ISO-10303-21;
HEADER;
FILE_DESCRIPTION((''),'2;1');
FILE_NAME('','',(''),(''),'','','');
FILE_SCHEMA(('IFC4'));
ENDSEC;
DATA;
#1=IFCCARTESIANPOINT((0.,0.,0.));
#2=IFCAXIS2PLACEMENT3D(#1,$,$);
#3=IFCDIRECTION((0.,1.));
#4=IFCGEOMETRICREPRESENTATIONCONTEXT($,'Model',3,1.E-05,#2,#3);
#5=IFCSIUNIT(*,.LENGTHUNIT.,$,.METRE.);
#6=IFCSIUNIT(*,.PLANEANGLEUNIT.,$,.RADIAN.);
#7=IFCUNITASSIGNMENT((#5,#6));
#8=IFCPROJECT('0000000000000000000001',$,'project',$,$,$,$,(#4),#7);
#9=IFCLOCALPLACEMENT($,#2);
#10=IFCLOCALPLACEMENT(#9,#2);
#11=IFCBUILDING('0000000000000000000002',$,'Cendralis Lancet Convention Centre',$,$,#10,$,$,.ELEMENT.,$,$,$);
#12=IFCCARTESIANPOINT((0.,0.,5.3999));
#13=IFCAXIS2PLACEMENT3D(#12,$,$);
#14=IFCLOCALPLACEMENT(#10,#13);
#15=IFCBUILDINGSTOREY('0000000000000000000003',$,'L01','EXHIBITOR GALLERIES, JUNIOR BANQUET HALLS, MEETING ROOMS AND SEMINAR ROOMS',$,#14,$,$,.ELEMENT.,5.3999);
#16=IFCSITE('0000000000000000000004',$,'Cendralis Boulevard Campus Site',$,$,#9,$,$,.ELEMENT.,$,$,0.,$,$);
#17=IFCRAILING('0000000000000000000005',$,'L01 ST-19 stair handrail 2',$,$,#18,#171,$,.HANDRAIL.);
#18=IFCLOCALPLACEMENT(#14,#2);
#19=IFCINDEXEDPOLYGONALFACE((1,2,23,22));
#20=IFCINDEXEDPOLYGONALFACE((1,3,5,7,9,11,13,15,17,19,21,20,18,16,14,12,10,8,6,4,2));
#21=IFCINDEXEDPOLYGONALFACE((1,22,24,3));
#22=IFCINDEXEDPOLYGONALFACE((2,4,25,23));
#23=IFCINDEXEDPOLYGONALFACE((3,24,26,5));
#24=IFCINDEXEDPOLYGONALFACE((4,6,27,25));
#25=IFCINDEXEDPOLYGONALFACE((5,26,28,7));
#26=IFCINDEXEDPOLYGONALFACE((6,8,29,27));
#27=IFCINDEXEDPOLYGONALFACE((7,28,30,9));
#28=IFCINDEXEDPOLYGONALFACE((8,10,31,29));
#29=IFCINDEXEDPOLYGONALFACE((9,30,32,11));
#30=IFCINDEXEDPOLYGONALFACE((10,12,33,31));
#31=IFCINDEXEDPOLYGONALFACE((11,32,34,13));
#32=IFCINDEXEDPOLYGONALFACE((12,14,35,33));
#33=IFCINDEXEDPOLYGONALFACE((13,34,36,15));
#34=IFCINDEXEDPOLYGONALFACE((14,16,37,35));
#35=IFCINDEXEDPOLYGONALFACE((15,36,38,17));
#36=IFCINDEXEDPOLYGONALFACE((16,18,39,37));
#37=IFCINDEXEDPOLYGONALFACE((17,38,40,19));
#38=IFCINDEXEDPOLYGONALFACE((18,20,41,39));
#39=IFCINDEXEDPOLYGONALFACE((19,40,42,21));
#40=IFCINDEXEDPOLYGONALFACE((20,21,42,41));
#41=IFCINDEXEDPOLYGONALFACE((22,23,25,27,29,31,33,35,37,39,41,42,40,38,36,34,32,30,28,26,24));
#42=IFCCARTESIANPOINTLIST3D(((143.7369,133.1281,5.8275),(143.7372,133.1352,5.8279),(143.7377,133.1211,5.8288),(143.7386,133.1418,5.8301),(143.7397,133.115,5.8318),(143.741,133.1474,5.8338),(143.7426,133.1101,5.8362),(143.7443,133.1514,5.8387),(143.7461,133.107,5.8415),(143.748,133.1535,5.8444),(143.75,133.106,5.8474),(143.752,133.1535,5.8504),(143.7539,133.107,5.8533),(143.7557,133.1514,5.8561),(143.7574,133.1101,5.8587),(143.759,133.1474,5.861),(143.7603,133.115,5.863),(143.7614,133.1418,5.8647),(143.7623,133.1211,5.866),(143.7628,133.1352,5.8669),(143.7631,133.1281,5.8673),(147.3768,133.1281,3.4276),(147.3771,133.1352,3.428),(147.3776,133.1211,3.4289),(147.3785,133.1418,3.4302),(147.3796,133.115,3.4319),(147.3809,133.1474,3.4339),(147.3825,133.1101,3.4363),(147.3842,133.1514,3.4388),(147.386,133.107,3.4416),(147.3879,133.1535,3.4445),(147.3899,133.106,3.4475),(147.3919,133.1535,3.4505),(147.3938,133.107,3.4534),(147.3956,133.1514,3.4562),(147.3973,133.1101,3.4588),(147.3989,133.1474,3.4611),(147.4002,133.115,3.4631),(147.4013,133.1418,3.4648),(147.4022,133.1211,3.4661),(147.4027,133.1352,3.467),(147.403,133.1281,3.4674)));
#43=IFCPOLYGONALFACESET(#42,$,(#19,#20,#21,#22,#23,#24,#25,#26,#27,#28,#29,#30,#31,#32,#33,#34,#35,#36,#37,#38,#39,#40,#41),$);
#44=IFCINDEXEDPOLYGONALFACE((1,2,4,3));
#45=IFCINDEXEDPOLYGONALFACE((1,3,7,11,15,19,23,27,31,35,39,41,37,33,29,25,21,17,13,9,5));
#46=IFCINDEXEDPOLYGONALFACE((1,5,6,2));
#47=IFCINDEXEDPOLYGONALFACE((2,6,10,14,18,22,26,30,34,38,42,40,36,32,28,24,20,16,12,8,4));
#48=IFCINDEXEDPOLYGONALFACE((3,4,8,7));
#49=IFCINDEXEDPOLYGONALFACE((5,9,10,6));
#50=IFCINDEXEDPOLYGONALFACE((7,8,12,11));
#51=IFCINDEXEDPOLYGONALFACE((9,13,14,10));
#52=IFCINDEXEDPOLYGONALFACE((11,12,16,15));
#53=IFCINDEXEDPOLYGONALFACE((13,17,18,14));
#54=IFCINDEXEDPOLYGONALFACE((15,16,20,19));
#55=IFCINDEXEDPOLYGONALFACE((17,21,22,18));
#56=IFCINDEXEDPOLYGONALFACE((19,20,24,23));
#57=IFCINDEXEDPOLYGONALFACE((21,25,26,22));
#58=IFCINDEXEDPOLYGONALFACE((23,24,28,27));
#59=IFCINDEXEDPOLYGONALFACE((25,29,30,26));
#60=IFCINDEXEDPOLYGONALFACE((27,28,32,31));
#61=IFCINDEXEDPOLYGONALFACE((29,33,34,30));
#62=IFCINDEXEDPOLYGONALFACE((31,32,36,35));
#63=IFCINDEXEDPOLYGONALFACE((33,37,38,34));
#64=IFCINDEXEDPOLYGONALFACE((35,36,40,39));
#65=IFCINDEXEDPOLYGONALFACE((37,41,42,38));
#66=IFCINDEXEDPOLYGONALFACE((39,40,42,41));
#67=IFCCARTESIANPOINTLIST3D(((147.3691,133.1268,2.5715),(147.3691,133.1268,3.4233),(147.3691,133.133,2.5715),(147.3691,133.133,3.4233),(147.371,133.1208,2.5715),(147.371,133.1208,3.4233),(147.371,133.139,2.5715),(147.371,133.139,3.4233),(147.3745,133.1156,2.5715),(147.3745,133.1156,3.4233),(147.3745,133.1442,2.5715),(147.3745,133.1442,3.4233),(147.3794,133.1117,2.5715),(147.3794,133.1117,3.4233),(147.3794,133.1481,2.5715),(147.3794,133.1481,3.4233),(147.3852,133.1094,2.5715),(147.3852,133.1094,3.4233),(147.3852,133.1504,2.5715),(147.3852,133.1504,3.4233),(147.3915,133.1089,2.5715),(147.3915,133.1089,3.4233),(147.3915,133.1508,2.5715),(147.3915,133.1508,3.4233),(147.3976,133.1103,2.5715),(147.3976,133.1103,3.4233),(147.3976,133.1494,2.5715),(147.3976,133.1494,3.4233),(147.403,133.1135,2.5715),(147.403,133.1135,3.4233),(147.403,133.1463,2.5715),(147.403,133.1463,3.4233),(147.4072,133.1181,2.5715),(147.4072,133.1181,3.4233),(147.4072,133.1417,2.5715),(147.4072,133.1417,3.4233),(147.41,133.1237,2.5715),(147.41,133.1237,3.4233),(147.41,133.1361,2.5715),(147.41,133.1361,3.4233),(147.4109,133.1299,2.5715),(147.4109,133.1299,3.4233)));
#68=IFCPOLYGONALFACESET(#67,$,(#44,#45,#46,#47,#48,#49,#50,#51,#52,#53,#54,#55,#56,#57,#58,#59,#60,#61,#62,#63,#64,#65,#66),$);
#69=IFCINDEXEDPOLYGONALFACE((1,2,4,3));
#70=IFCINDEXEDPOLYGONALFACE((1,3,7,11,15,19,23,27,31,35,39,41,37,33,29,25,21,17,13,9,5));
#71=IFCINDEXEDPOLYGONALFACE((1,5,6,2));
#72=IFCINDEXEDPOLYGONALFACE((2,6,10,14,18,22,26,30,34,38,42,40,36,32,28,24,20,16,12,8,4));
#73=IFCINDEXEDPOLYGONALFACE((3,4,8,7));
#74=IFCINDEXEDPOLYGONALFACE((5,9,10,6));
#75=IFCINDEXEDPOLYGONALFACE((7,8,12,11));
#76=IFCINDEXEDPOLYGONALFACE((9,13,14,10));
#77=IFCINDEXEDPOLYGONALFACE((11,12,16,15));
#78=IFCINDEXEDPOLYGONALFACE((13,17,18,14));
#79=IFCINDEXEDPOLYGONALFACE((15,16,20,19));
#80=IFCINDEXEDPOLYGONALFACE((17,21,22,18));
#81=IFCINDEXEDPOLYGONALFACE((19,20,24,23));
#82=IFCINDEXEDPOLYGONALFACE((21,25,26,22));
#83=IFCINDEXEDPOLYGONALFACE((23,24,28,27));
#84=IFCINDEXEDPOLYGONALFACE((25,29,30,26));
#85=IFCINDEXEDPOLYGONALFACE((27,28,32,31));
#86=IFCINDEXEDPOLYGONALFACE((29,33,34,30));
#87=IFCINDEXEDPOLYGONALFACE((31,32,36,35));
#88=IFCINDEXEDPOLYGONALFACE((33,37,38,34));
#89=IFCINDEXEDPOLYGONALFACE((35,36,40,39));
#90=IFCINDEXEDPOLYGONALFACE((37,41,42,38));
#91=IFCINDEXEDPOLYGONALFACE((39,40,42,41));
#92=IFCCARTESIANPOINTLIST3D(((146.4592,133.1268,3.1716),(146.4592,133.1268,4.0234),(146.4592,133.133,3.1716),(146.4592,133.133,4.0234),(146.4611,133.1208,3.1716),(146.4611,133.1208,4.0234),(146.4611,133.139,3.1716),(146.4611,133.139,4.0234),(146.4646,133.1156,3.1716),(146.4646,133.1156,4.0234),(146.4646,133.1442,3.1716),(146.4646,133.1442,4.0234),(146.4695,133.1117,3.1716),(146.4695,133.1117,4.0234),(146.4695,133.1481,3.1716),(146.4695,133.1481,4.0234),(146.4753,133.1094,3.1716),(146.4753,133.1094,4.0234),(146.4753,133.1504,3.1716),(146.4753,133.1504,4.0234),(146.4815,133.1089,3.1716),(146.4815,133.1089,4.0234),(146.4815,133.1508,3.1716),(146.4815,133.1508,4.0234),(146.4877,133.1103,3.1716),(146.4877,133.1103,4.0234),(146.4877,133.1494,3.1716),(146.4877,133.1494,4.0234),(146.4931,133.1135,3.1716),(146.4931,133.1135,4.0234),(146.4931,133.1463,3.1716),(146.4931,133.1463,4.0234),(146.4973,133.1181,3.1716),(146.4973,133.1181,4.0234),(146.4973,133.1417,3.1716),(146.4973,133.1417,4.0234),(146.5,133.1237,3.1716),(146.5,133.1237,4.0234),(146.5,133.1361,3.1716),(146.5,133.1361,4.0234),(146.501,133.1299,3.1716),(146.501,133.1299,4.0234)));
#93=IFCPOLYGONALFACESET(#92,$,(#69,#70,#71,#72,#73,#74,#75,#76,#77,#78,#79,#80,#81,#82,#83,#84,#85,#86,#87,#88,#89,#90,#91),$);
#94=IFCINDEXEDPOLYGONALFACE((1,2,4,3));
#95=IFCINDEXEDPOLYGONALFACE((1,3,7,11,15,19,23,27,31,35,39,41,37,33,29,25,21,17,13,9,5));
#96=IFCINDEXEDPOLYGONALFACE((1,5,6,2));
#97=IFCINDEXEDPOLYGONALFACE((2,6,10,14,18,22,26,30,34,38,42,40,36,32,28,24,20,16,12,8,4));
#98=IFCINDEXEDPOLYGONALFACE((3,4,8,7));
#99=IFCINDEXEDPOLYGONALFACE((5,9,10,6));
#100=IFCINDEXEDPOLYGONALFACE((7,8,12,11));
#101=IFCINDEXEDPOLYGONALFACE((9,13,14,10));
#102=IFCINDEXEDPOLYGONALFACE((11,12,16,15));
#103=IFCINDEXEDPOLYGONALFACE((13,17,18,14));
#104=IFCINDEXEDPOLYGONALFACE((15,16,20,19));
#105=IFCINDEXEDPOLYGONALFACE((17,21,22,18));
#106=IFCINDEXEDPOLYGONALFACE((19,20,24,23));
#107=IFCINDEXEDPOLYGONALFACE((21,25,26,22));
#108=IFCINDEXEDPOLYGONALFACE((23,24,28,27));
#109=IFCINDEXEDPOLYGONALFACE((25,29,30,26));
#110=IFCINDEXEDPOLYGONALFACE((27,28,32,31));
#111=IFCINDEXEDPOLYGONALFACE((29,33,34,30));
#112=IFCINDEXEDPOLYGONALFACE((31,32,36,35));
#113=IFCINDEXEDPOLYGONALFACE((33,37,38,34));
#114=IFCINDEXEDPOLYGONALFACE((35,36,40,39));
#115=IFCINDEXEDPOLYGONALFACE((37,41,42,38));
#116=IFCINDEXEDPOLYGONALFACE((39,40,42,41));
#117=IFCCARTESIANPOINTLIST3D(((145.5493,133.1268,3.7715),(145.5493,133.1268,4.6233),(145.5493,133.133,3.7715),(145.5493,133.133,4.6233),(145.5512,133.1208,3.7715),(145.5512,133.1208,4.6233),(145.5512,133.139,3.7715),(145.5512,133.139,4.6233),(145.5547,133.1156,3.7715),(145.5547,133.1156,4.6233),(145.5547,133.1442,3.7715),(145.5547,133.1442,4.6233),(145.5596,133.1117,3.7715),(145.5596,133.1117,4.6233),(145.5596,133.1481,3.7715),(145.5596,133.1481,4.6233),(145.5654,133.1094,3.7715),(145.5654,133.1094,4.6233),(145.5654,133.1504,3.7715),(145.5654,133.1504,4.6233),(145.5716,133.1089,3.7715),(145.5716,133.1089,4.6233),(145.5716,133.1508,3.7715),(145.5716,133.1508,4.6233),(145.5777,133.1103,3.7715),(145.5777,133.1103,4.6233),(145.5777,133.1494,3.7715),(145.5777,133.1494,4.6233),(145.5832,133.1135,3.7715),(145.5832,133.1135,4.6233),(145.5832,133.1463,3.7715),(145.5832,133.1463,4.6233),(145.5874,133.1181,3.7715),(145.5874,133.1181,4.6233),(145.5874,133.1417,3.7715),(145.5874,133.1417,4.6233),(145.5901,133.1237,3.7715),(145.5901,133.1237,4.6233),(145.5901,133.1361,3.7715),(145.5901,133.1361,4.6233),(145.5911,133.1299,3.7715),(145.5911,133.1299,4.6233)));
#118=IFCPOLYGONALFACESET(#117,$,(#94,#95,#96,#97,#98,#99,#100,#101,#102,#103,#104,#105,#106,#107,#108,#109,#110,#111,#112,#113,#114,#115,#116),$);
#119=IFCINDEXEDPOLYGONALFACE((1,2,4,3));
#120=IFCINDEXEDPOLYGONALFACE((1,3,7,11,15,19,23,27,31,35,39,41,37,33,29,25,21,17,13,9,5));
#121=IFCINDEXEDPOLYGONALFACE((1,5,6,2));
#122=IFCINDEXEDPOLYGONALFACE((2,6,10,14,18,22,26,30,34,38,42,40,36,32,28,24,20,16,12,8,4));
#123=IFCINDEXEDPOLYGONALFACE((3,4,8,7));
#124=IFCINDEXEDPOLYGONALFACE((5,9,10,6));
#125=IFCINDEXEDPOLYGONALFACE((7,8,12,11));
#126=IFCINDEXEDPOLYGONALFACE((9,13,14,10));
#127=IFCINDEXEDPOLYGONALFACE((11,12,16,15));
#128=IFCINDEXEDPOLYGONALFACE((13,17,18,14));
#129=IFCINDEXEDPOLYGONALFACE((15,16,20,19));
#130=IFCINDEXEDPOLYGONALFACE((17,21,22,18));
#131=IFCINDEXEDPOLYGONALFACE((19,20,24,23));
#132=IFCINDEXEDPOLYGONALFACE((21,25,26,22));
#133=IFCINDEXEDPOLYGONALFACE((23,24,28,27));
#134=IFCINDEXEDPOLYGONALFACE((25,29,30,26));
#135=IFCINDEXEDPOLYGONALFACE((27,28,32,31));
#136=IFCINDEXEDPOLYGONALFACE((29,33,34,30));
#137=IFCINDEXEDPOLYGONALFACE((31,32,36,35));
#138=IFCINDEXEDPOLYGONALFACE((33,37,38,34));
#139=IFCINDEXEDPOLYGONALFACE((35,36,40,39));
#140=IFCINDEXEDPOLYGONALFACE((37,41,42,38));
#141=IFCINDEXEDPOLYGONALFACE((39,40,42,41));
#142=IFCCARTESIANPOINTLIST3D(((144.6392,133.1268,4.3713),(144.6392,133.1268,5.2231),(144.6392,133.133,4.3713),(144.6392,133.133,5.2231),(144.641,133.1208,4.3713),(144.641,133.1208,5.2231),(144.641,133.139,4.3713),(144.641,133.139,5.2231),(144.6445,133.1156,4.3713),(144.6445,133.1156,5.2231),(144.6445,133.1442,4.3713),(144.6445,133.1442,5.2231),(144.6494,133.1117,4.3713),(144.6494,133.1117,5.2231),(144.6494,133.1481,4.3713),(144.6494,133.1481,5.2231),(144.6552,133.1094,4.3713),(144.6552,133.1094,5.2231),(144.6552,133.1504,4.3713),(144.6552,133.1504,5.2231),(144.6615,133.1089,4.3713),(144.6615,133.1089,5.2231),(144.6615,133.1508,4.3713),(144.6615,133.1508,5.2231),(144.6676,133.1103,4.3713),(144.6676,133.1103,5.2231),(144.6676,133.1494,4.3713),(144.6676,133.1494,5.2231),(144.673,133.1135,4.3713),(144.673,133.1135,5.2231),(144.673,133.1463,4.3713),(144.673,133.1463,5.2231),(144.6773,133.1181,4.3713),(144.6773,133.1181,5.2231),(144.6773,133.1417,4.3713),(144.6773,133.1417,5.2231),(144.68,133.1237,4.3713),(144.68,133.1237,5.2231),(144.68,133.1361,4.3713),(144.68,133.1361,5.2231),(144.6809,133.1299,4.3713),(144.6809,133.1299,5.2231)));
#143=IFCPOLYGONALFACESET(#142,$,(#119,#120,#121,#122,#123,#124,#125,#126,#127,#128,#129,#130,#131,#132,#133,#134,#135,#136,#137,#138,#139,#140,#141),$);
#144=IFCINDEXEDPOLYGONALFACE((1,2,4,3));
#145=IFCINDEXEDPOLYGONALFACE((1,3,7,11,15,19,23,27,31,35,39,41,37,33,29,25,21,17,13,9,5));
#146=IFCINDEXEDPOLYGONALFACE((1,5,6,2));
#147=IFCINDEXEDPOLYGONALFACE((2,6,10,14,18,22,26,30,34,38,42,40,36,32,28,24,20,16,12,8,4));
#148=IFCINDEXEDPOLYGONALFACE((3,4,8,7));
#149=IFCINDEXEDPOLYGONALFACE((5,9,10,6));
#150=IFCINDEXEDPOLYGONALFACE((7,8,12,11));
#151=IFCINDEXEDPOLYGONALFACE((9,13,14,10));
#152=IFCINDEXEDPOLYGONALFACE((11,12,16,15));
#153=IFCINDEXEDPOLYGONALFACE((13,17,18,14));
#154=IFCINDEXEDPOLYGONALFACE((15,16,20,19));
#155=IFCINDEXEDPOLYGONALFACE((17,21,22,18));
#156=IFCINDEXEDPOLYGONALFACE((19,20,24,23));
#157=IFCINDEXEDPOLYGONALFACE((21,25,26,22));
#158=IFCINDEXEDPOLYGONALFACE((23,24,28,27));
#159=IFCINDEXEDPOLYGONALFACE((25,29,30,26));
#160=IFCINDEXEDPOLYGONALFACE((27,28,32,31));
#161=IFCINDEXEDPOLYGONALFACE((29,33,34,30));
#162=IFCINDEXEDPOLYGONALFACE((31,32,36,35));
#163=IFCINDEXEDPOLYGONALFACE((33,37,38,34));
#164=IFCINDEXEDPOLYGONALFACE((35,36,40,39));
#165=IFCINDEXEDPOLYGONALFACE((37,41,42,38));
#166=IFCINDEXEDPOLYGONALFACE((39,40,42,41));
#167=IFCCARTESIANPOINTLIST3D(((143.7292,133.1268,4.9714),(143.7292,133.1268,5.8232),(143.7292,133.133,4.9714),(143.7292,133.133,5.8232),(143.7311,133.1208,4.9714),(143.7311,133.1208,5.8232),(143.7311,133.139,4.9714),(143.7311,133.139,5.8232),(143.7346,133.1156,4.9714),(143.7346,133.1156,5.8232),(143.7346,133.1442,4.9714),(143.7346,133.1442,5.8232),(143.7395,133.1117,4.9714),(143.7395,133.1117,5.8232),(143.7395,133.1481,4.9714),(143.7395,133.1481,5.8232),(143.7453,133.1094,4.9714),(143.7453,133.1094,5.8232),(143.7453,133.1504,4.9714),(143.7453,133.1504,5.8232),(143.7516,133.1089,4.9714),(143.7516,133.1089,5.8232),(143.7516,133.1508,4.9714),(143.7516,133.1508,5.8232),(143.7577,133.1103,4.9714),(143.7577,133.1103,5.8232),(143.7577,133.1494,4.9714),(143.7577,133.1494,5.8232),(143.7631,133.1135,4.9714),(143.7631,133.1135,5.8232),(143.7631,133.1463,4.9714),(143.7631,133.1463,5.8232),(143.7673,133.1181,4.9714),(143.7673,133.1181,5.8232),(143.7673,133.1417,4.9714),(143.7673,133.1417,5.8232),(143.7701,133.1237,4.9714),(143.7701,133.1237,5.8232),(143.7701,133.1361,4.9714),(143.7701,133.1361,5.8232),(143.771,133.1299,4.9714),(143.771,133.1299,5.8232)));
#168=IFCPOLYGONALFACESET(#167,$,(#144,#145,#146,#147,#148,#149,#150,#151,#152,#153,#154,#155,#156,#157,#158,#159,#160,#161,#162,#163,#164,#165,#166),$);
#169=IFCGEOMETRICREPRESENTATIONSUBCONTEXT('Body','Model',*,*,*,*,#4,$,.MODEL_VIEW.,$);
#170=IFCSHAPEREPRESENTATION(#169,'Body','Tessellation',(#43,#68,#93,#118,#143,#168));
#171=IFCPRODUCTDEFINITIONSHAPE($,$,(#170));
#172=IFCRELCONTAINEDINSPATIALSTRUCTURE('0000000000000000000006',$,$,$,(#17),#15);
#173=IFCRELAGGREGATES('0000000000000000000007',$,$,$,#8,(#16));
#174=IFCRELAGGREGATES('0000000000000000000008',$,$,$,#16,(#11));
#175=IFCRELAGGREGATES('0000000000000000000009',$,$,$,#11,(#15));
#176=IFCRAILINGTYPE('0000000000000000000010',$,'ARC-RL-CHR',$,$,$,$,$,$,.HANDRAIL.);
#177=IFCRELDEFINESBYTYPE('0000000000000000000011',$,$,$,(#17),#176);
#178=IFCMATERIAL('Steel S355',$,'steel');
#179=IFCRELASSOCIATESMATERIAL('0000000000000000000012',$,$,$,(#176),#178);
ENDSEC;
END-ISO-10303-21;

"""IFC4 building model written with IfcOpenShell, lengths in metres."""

from ifc_helpers import new_model, si_unit, direction, frame, origin, origin_2d, place, context, subcontext, project, spatial, circle, extrude, material, type_object, element, save


model = new_model("IFC4")

# Units and contexts
model_context = context("Model", 3, precision=1e-05, world=origin(), true_north=direction((0.0, 1.0)))
body_context = subcontext(model_context, "Body", "Model", "MODEL_VIEW")
ifc_project = project(units=[si_unit("LENGTHUNIT", "METRE"), si_unit("PLANEANGLEUNIT", "RADIAN")], contexts=[model_context])

# Site, building, storey
site_placement = place(None, origin())
site = spatial("IfcSite", under=ifc_project, at=site_placement, Name="Cendralis Boulevard Campus Site", CompositionType="ELEMENT", RefElevation=0.0)
building_placement = place(site_placement, origin())
building = spatial("IfcBuilding", under=site, at=building_placement, Name="Cendralis Lancet Convention Centre", CompositionType="ELEMENT")
storey_placement = place(building_placement, frame((0.0, 0.0, 5.3999)))
storey = spatial("IfcBuildingStorey", under=building, at=storey_placement, Name="L01", Description="EXHIBITOR GALLERIES, JUNIOR BANQUET HALLS, MEETING ROOMS AND SEMINAR ROOMS", CompositionType="ELEMENT", Elevation=5.3999)

# Shared definitions
ifc_material_1 = material(Name="Steel S355", Category="steel")

# Railing
railing_type_1 = type_object("IfcRailingType", Name="ARC-RL-CHR", PredefinedType="HANDRAIL", material=ifc_material_1)
railing_1_placement = place(storey_placement, frame((147.3899, 133.1299, 2.5715)))
element("IfcRailing", 1, at=railing_1_placement, inside=storey, type_object=railing_type_1, Name="L01 ST-19 stair handrail 2", PredefinedType="HANDRAIL", context=body_context, shape_type="SweptSolid", body=[
    extrude(circle(Radius=0.0239, at=origin_2d()), frame((0.0, 0.0, 0.876), z_axis=(-0.834865, 0.0, 0.550454), x_axis=(0.0, -1.0, 0.0)), (0.0, 0.0, 1.0), 4.3599),
    extrude(circle(Radius=0.021, at=origin_2d()), origin(), (0.0, 0.0, 1.0), 0.8518),
    extrude(circle(Radius=0.021, at=origin_2d()), frame((-0.9099, 0.0, 0.6001)), (0.0, 0.0, 1.0), 0.8518),
    extrude(circle(Radius=0.021, at=origin_2d()), frame((-1.8198, 0.0, 1.2)), (0.0, 0.0, 1.0), 0.8518),
    extrude(circle(Radius=0.021, at=origin_2d()), frame((-2.73, 0.0, 1.7998)), (0.0, 0.0, 1.0), 0.8518),
    extrude(circle(Radius=0.021, at=origin_2d()), frame((-3.6399, 0.0, 2.3999)), (0.0, 0.0, 1.0), 0.8518),
])

save(model, "model.ifc")
